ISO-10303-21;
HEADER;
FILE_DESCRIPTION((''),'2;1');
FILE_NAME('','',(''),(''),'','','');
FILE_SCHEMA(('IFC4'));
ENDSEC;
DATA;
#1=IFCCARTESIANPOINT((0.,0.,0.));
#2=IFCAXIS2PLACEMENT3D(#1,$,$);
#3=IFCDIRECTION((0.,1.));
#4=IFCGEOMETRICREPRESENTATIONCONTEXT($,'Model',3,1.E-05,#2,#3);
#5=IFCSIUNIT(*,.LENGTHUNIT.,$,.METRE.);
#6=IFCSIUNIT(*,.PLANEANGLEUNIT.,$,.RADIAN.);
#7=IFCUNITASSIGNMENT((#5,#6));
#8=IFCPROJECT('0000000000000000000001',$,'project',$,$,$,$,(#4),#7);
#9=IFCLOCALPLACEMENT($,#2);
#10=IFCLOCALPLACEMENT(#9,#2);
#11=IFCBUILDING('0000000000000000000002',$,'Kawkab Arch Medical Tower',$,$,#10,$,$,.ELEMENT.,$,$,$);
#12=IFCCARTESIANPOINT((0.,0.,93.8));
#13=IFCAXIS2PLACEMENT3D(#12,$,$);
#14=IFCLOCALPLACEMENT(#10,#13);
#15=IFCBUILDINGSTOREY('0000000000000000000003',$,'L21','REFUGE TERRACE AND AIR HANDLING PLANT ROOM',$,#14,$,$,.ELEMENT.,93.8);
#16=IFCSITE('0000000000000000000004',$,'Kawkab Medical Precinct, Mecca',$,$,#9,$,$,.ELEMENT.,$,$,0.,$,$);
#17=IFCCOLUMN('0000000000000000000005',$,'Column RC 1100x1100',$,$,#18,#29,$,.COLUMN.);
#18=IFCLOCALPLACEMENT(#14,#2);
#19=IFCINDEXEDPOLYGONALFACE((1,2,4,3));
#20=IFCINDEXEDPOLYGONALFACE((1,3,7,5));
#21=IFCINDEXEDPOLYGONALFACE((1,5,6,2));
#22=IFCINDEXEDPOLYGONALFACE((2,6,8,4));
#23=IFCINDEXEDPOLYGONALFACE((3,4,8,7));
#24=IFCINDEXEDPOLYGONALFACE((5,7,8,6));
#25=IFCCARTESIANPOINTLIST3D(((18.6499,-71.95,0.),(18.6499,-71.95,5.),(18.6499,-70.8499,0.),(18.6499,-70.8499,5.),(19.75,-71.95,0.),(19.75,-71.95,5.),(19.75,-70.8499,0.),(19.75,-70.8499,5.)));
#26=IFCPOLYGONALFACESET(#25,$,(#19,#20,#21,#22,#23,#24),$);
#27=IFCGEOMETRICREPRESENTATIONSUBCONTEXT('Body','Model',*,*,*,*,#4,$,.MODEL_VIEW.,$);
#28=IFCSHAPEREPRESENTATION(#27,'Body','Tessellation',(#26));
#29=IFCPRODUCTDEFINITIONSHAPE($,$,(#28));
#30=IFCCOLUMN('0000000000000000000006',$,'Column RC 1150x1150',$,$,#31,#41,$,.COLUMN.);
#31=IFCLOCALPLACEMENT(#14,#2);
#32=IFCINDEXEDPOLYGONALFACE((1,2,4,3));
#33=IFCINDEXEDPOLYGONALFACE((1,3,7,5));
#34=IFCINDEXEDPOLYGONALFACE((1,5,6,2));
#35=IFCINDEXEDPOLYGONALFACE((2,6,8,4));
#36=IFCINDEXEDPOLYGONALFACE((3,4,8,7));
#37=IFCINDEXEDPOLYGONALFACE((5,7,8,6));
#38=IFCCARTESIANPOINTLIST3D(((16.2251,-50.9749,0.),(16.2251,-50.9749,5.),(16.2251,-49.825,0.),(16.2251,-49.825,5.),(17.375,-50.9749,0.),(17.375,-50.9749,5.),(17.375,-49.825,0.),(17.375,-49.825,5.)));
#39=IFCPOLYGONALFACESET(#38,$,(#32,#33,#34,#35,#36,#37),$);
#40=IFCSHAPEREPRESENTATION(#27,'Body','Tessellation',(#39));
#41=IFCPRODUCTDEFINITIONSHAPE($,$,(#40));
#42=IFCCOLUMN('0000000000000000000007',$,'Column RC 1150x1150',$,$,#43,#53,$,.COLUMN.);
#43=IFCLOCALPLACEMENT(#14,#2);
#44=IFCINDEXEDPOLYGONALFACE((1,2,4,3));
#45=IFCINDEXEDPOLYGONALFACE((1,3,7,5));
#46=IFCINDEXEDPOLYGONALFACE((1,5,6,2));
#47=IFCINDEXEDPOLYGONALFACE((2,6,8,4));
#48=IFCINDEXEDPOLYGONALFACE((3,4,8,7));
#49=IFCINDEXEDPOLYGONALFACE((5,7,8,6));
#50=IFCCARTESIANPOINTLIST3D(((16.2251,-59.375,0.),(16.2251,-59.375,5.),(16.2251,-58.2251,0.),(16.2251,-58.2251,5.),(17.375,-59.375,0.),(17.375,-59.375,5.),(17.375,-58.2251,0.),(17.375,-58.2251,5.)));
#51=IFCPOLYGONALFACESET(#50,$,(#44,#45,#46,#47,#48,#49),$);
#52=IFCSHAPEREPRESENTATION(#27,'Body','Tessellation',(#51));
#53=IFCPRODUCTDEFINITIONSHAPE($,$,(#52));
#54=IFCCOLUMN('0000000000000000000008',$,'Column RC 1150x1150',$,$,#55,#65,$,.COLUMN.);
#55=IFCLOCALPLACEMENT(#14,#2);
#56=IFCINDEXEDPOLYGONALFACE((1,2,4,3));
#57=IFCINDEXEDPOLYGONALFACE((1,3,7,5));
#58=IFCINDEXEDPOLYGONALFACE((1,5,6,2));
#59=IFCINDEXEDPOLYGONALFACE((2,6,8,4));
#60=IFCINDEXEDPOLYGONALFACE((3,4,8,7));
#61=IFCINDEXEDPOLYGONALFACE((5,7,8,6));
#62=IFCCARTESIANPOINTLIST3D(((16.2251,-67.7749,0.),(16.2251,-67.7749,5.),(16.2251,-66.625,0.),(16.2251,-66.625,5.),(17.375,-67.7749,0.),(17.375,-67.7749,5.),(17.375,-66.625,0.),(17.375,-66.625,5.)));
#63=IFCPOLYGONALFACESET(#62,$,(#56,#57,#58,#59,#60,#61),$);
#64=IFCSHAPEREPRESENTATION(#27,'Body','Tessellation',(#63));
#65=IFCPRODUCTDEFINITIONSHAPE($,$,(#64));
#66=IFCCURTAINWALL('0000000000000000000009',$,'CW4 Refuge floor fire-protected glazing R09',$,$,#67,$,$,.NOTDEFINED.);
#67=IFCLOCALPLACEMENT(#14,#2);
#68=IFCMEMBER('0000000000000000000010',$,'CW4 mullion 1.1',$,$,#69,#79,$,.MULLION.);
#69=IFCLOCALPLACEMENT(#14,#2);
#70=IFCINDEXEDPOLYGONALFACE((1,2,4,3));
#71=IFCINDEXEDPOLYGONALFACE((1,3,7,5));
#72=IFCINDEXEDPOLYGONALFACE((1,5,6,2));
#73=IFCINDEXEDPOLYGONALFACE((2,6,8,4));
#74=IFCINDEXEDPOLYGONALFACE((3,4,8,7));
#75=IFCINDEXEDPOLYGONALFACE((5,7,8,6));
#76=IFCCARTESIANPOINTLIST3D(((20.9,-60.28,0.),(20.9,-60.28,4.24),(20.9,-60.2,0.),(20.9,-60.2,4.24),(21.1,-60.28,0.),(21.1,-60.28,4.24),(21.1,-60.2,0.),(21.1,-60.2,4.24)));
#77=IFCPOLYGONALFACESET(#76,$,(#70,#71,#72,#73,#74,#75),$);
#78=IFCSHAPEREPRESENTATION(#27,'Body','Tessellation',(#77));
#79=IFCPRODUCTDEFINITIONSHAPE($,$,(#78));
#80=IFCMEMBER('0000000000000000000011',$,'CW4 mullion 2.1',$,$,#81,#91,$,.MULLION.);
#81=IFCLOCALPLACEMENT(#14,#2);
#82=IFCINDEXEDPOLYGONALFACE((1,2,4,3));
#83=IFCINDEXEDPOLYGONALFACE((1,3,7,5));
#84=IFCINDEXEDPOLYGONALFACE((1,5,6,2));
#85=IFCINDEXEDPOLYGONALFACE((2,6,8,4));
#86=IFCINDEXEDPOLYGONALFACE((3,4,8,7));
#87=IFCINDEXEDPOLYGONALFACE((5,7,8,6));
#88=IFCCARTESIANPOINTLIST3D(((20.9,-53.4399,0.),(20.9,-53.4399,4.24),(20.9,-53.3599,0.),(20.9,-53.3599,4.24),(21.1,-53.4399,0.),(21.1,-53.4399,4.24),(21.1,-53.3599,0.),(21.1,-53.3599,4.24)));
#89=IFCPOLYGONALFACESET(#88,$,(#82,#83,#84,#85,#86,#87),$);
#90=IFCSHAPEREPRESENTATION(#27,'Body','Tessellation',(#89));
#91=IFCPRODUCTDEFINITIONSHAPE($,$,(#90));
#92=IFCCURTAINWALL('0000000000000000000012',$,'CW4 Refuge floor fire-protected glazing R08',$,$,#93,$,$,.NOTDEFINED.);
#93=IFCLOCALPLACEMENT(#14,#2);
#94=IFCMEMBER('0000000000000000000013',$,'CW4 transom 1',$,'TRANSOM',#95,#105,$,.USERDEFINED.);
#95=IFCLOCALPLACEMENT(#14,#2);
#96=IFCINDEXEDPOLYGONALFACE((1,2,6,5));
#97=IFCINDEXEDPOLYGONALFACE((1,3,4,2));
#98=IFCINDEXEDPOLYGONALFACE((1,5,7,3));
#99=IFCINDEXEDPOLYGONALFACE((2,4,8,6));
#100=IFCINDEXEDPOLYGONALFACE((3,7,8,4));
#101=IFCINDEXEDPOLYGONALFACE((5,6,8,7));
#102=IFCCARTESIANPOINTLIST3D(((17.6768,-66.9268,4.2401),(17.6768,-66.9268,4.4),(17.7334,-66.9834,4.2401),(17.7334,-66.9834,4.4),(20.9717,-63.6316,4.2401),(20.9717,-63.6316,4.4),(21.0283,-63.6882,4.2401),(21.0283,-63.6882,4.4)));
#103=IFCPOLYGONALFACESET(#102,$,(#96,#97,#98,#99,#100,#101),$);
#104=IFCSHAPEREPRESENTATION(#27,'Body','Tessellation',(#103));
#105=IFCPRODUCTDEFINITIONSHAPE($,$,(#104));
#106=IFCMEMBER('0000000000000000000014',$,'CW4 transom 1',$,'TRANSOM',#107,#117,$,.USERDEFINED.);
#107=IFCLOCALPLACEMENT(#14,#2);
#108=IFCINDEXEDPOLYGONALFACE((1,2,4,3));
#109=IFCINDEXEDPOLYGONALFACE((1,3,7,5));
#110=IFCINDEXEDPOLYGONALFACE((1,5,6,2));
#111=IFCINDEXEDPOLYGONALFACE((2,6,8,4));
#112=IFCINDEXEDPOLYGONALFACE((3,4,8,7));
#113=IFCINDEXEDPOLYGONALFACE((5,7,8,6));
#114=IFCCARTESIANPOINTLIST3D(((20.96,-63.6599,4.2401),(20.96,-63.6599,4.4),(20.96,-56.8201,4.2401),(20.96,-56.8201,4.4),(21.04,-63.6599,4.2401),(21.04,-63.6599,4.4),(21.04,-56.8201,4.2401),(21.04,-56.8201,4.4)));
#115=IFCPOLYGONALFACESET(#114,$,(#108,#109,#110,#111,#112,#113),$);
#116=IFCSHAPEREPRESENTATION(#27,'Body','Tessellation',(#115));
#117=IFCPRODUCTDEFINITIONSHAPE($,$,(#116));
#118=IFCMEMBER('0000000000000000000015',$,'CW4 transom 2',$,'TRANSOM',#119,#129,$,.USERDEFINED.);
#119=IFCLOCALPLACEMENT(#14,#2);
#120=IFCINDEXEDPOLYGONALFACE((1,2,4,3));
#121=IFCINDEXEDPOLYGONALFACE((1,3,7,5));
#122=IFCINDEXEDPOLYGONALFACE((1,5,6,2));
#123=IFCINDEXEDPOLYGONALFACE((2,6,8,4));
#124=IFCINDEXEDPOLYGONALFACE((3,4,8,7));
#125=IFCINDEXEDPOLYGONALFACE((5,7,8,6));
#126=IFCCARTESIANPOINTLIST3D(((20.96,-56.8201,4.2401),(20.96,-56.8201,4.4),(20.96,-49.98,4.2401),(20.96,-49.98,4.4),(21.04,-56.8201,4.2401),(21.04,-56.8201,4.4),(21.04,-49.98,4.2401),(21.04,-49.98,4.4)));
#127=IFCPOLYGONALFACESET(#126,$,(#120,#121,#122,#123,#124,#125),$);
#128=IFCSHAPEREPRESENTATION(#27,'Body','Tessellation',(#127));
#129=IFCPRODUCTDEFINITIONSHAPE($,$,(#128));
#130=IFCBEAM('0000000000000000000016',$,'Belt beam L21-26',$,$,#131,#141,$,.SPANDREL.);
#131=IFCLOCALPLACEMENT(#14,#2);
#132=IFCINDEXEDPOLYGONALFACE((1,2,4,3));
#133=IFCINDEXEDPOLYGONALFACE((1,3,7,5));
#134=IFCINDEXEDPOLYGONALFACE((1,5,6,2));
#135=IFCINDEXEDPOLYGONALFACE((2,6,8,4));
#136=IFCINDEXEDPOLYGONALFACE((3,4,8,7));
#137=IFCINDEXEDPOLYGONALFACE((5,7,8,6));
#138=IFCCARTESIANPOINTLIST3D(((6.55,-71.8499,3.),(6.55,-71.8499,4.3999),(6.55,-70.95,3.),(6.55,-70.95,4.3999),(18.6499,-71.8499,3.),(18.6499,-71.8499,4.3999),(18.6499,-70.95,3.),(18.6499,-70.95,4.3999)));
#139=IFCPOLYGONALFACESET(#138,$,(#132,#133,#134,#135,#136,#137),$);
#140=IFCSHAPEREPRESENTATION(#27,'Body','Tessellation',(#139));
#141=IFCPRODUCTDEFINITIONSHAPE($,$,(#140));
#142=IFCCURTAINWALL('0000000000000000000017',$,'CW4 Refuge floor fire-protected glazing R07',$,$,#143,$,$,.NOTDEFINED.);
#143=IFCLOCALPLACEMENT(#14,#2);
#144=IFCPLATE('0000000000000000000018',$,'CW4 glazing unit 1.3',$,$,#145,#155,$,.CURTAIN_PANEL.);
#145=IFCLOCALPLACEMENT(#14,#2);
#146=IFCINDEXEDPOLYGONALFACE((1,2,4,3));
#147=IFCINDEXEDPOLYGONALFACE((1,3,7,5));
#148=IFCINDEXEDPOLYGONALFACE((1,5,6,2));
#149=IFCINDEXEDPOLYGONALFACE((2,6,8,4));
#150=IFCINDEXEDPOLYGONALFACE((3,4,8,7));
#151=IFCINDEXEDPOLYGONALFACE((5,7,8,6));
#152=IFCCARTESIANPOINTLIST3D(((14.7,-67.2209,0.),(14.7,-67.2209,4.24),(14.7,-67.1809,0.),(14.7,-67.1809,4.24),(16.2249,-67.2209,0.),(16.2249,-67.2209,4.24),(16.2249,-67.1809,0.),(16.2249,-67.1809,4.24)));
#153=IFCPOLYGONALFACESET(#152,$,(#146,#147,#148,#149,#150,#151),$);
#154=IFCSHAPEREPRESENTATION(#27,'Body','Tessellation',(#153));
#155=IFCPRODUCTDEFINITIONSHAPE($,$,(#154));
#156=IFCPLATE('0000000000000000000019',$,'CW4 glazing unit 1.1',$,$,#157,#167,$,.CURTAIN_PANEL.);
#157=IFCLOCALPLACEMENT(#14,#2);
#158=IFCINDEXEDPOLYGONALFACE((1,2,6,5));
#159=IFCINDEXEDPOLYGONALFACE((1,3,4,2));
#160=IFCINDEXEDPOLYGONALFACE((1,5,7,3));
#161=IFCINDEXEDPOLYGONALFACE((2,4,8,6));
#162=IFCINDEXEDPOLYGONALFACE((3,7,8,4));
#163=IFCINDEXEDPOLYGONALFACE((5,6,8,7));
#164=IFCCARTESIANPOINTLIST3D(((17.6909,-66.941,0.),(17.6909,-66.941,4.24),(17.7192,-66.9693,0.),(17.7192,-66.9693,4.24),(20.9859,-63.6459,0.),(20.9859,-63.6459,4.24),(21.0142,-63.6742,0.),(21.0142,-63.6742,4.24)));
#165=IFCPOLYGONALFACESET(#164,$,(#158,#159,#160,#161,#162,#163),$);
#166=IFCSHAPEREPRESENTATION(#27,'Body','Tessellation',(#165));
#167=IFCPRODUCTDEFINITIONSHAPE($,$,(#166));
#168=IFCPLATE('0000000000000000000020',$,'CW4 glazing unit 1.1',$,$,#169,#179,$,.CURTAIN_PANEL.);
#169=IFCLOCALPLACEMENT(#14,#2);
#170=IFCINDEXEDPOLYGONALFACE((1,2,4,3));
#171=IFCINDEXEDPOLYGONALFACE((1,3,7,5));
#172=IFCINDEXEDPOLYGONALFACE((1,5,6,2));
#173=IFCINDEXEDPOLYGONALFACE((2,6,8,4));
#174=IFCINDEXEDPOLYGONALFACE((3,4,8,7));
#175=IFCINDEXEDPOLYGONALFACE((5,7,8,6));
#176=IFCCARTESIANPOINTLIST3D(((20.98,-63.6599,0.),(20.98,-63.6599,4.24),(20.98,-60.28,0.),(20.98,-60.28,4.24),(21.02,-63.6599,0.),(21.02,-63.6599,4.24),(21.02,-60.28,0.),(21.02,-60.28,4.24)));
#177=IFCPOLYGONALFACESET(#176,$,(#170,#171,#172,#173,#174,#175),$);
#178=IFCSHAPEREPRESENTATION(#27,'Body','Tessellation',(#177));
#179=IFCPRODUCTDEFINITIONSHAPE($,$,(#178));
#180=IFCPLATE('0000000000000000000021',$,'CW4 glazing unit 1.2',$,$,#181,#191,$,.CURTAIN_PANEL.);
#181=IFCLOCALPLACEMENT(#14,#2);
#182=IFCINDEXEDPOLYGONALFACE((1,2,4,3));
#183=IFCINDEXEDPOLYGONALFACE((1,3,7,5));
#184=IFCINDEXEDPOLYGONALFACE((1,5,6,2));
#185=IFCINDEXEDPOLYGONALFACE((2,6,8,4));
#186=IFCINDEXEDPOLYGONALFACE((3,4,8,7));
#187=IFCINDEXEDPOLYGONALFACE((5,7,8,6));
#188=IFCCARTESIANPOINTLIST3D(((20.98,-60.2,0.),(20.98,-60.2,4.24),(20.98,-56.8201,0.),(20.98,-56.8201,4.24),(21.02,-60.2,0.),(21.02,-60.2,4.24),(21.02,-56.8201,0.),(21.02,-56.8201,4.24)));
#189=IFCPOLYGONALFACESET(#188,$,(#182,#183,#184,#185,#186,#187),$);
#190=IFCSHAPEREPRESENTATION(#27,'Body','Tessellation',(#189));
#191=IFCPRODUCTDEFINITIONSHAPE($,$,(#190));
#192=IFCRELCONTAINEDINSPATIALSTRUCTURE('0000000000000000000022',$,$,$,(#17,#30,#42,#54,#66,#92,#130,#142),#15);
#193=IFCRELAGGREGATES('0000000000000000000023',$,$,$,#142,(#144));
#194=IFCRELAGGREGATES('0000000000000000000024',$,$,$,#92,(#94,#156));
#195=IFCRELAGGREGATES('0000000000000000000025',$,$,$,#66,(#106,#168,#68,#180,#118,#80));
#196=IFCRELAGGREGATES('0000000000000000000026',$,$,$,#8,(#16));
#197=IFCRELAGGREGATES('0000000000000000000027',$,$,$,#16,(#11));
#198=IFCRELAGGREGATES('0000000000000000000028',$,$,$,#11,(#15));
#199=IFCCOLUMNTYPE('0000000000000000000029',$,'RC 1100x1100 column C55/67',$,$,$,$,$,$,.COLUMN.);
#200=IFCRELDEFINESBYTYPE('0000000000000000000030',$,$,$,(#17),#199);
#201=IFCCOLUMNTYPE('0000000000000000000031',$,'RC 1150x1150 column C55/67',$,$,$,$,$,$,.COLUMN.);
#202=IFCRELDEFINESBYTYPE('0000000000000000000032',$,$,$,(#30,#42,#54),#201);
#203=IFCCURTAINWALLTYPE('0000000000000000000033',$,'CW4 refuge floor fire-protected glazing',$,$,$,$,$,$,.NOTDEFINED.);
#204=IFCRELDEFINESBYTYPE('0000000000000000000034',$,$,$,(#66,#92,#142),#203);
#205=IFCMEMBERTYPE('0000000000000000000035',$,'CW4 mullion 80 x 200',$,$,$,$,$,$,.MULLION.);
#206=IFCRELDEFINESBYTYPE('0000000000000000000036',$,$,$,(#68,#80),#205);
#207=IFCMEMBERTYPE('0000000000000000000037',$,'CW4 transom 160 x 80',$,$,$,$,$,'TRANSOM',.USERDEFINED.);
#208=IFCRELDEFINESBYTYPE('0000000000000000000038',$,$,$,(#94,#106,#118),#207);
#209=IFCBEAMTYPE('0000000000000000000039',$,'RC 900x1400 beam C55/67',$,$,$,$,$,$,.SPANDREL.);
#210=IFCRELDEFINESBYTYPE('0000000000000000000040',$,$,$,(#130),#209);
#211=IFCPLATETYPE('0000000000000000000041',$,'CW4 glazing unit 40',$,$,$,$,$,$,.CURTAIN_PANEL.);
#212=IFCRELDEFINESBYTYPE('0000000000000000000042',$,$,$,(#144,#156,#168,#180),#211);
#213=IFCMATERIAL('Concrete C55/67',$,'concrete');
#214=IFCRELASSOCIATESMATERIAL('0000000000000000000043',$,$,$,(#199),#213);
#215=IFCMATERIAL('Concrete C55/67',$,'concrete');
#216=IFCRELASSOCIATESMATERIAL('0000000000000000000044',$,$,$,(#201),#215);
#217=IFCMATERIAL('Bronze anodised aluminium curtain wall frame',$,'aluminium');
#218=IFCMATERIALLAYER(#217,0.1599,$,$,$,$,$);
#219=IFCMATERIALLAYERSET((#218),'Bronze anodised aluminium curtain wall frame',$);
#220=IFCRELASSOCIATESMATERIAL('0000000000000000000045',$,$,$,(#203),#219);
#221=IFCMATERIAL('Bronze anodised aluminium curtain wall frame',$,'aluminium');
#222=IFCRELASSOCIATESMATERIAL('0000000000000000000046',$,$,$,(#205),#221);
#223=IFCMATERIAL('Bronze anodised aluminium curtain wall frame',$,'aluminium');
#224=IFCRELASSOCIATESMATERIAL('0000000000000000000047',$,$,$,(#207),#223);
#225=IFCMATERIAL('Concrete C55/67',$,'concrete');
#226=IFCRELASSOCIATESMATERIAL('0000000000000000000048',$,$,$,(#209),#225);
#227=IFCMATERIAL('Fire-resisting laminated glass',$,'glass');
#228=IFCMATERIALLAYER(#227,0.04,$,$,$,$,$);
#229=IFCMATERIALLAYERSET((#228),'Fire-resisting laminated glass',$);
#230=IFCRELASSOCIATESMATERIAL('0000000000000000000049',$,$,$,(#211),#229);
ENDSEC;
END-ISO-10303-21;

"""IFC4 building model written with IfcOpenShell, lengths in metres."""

from ifc_helpers import new_model, si_unit, direction, frame, origin, origin_2d, place, context, subcontext, project, spatial, rectangle, extrude, material, layer, layer_set, material_profile, profile_set, type_object, element, aggregate, save


model = new_model("IFC4")

# Units and contexts
model_context = context("Model", 3, precision=1e-05, world=origin(), true_north=direction((0.0, 1.0)))
body_context = subcontext(model_context, "Body", "Model", "MODEL_VIEW")
ifc_project = project(units=[si_unit("LENGTHUNIT", "METRE"), si_unit("PLANEANGLEUNIT", "RADIAN")], contexts=[model_context])

# Site, building, storey
site_placement = place(None, origin())
site = spatial("IfcSite", under=ifc_project, at=site_placement, Name="Kawkab Medical Precinct, Mecca", CompositionType="ELEMENT", RefElevation=0.0)
building_placement = place(site_placement, origin())
building = spatial("IfcBuilding", under=site, at=building_placement, Name="Kawkab Arch Medical Tower", CompositionType="ELEMENT")
storey_placement = place(building_placement, frame((0.0, 0.0, 93.8)))
storey = spatial("IfcBuildingStorey", under=building, at=storey_placement, Name="L21", Description="REFUGE TERRACE AND AIR HANDLING PLANT ROOM", CompositionType="ELEMENT", Elevation=93.8)

# Columns
ifc_material_1 = material(Name="Concrete C55/67", Category="concrete")
ifc_material_profile_1 = material_profile(ifc_material_1, rectangle(XDim=1.1001, YDim=1.1001, at=origin_2d()), Name="RC 1100x1100")
ifc_profile_set_1 = profile_set([ifc_material_profile_1], Name="Concrete C55/67")
column_type_1 = type_object("IfcColumnType", Name="RC 1100x1100 column C55/67", PredefinedType="COLUMN", material=ifc_profile_set_1)
column_placement = place(storey_placement, frame((19.2, -71.3999, 0.0), z_axis=(0.0, 0.0, 1.0), x_axis=(1.0, 0.0, 0.0)))
element("IfcColumn", 1, at=column_placement, inside=storey, type_object=column_type_1, Name="Column RC 1100x1100", PredefinedType="COLUMN", context=body_context, shape_type="SweptSolid", body=[
    extrude(rectangle(XDim=1.1001, YDim=1.1001, at=origin_2d()), origin(), (0.0, 0.0, 1.0), 5.0),
])
ifc_material_2 = material(Name="Concrete C55/67", Category="concrete")
ifc_material_profile_2 = material_profile(ifc_material_2, rectangle(XDim=1.1499, YDim=1.1499, at=origin_2d()), Name="RC 1150x1150")
ifc_profile_set_2 = profile_set([ifc_material_profile_2], Name="Concrete C55/67")
column_type_2 = type_object("IfcColumnType", Name="RC 1150x1150 column C55/67", PredefinedType="COLUMN", material=ifc_profile_set_2)
for number, where, z_axis, x_axis, name in (
    (2, (16.8, -50.3999, 0.0), (0.0, 0.0, 1.0), (1.0, 0.0, 0.0), "Column RC 1150x1150"),
    (3, (16.8, -58.8, 0.0), (0.0, 0.0, 1.0), (1.0, 0.0, 0.0), "Column RC 1150x1150"),
    (4, (16.8, -67.2, 0.0), (0.0, 0.0, 1.0), (1.0, 0.0, 0.0), "Column RC 1150x1150"),
):
    element("IfcColumn", number, at=place(storey_placement, frame(where, z_axis=z_axis, x_axis=x_axis)), inside=storey, type_object=column_type_2, Name=name, PredefinedType="COLUMN", context=body_context, shape_type="SweptSolid", body=[
        extrude(rectangle(XDim=1.1499, YDim=1.1499, at=origin_2d()), origin(), (0.0, 0.0, 1.0), 5.0),
    ])

# Curtain wall, members
ifc_material_3 = material(Name="Bronze anodised aluminium curtain wall frame", Category="aluminium")
ifc_layer_1 = layer(ifc_material_3, 0.1599)
ifc_layer_set_1 = layer_set([ifc_layer_1], Name="Bronze anodised aluminium curtain wall frame")
curtain_wall_type = type_object("IfcCurtainWallType", Name="CW4 refuge floor fire-protected glazing", PredefinedType="NOTDEFINED", material=ifc_layer_set_1)
placement = place(storey_placement, origin())
curtain_wall_1 = element("IfcCurtainWall", 5, at=placement, inside=storey, type_object=curtain_wall_type, Name="CW4 Refuge floor fire-protected glazing R09", PredefinedType="NOTDEFINED")
ifc_material_4 = material(Name="Bronze anodised aluminium curtain wall frame", Category="aluminium")
ifc_material_profile_3 = material_profile(ifc_material_4, rectangle(XDim=0.2, YDim=0.0801, at=origin_2d()), Name="AL 80x200")
ifc_profile_set_3 = profile_set([ifc_material_profile_3], Name="Bronze anodised aluminium curtain wall frame")
member_type_1 = type_object("IfcMemberType", Name="CW4 mullion 80 x 200", PredefinedType="MULLION", material=ifc_profile_set_3)
member_1_placement = place(storey_placement, frame((21.0, -60.24, 0.0), z_axis=(0.0, 0.0, 1.0), x_axis=(-1.0, 0.0, 0.0)))
member_1 = element("IfcMember", 6, at=member_1_placement, type_object=member_type_1, Name="CW4 mullion 1.1", PredefinedType="MULLION", context=body_context, shape_type="SweptSolid", body=[
    extrude(rectangle(XDim=0.2, YDim=0.0801, at=origin_2d()), origin(), (0.0, 0.0, 1.0), 4.24),
])
member_2_placement = place(storey_placement, frame((21.0, -53.3999, 0.0), z_axis=(0.0, 0.0, 1.0), x_axis=(-1.0, 0.0, 0.0)))
member_2 = element("IfcMember", 7, at=member_2_placement, type_object=member_type_1, Name="CW4 mullion 2.1", PredefinedType="MULLION", context=body_context, shape_type="SweptSolid", body=[
    extrude(rectangle(XDim=0.2, YDim=0.0801, at=origin_2d()), origin(), (0.0, 0.0, 1.0), 4.24),
])

# Curtain wall, member
curtain_wall_2 = element("IfcCurtainWall", 8, at=placement, inside=storey, type_object=curtain_wall_type, Name="CW4 Refuge floor fire-protected glazing R08", PredefinedType="NOTDEFINED")
ifc_material_5 = material(Name="Bronze anodised aluminium curtain wall frame", Category="aluminium")
ifc_material_profile_4 = material_profile(ifc_material_5, rectangle(XDim=0.0801, YDim=0.1599, at=origin_2d()), Name="AL 80x160")
ifc_profile_set_4 = profile_set([ifc_material_profile_4], Name="Bronze anodised aluminium curtain wall frame")
member_type_2 = type_object("IfcMemberType", Name="CW4 transom 160 x 80", ElementType="TRANSOM", PredefinedType="USERDEFINED", material=ifc_profile_set_4)
member_3_placement = place(storey_placement, frame((17.7051, -66.9551, 4.3201), z_axis=(0.707081, 0.707133, 0.0), x_axis=(-0.707133, 0.707081, 0.0)))
member_3 = element("IfcMember", 9, at=member_3_placement, type_object=member_type_2, Name="CW4 transom 1", ObjectType="TRANSOM", PredefinedType="USERDEFINED", context=body_context, shape_type="SweptSolid", body=[
    extrude(rectangle(XDim=0.0801, YDim=0.1599, at=origin_2d()), origin(), (0.0, 0.0, 1.0), 4.6599),
])

# Members
member_4_placement = place(storey_placement, frame((21.0, -63.6599, 4.3201), z_axis=(0.0, 1.0, 0.0), x_axis=(-1.0, 0.0, 0.0)))
member_4 = element("IfcMember", 10, at=member_4_placement, type_object=member_type_2, Name="CW4 transom 1", ObjectType="TRANSOM", PredefinedType="USERDEFINED", context=body_context, shape_type="SweptSolid", body=[
    extrude(rectangle(XDim=0.0801, YDim=0.1599, at=origin_2d()), origin(), (0.0, 0.0, 1.0), 6.8398),
])
member_5_placement = place(storey_placement, frame((21.0, -56.8201, 4.3201), z_axis=(0.0, 1.0, 0.0), x_axis=(-1.0, 0.0, 0.0)))
member_5 = element("IfcMember", 11, at=member_5_placement, type_object=member_type_2, Name="CW4 transom 2", ObjectType="TRANSOM", PredefinedType="USERDEFINED", context=body_context, shape_type="SweptSolid", body=[
    extrude(rectangle(XDim=0.0801, YDim=0.1599, at=origin_2d()), origin(), (0.0, 0.0, 1.0), 6.8401),
])

# Beam
ifc_material_6 = material(Name="Concrete C55/67", Category="concrete")
ifc_material_profile_5 = material_profile(ifc_material_6, rectangle(XDim=0.8999, YDim=1.3999, at=origin_2d()), Name="RC 900x1400")
ifc_profile_set_5 = profile_set([ifc_material_profile_5], Name="Concrete C55/67")
beam_type = type_object("IfcBeamType", Name="RC 900x1400 beam C55/67", PredefinedType="SPANDREL", material=ifc_profile_set_5)
beam_placement = place(storey_placement, frame((18.6499, -71.3999, 3.7), z_axis=(-1.0, 0.0, 0.0), x_axis=(0.0, -1.0, 0.0)))
element("IfcBeam", 12, at=beam_placement, inside=storey, type_object=beam_type, Name="Belt beam L21-26", PredefinedType="SPANDREL", context=body_context, shape_type="SweptSolid", body=[
    extrude(rectangle(XDim=0.8999, YDim=1.3999, at=origin_2d()), origin(), (0.0, 0.0, 1.0), 12.0999),
])

# Curtain wall, plate
curtain_wall_3 = element("IfcCurtainWall", 13, at=placement, inside=storey, type_object=curtain_wall_type, Name="CW4 Refuge floor fire-protected glazing R07", PredefinedType="NOTDEFINED")
ifc_material_7 = material(Name="Fire-resisting laminated glass", Category="glass")
ifc_layer_2 = layer(ifc_material_7, 0.04)
ifc_layer_set_2 = layer_set([ifc_layer_2], Name="Fire-resisting laminated glass")
plate_type = type_object("IfcPlateType", Name="CW4 glazing unit 40", PredefinedType="CURTAIN_PANEL", material=ifc_layer_set_2)
plate_1_placement = place(storey_placement, frame((15.4624, -67.2009, 0.0), z_axis=(0.0, 0.0, 1.0), x_axis=(1.0, 0.0, 0.0)))
plate_1 = element("IfcPlate", 14, at=plate_1_placement, type_object=plate_type, Name="CW4 glazing unit 1.3", PredefinedType="CURTAIN_PANEL", context=body_context, shape_type="SweptSolid", body=[
    extrude(rectangle(XDim=1.5249, YDim=0.04, at=origin_2d()), origin(), (0.0, 0.0, 1.0), 4.24),
])
aggregate(curtain_wall_3, [plate_1])

# Plates
plate_2_placement = place(storey_placement, frame((19.3525, -65.3076, 0.0), z_axis=(0.0, 0.0, 1.0), x_axis=(0.707107, 0.707107, 0.0)))
plate_2 = element("IfcPlate", 15, at=plate_2_placement, type_object=plate_type, Name="CW4 glazing unit 1.1", PredefinedType="CURTAIN_PANEL", context=body_context, shape_type="SweptSolid", body=[
    extrude(rectangle(XDim=4.6599, YDim=0.04, at=origin_2d()), origin(), (0.0, 0.0, 1.0), 4.24),
])
aggregate(curtain_wall_2, [member_3, plate_2])
plate_3_placement = place(storey_placement, frame((21.0, -61.97, 0.0), z_axis=(0.0, 0.0, 1.0), x_axis=(0.0, 1.0, 0.0)))
plate_3 = element("IfcPlate", 16, at=plate_3_placement, type_object=plate_type, Name="CW4 glazing unit 1.1", PredefinedType="CURTAIN_PANEL", context=body_context, shape_type="SweptSolid", body=[
    extrude(rectangle(XDim=3.3799, YDim=0.04, at=origin_2d()), origin(), (0.0, 0.0, 1.0), 4.24),
])
plate_4_placement = place(storey_placement, frame((21.0, -58.51, 0.0), z_axis=(0.0, 0.0, 1.0), x_axis=(0.0, 1.0, 0.0)))
plate_4 = element("IfcPlate", 17, at=plate_4_placement, type_object=plate_type, Name="CW4 glazing unit 1.2", PredefinedType="CURTAIN_PANEL", context=body_context, shape_type="SweptSolid", body=[
    extrude(rectangle(XDim=3.3799, YDim=0.04, at=origin_2d()), origin(), (0.0, 0.0, 1.0), 4.24),
])
aggregate(curtain_wall_1, [member_4, plate_3, member_1, plate_4, member_5, member_2])

save(model, "model.ifc")
